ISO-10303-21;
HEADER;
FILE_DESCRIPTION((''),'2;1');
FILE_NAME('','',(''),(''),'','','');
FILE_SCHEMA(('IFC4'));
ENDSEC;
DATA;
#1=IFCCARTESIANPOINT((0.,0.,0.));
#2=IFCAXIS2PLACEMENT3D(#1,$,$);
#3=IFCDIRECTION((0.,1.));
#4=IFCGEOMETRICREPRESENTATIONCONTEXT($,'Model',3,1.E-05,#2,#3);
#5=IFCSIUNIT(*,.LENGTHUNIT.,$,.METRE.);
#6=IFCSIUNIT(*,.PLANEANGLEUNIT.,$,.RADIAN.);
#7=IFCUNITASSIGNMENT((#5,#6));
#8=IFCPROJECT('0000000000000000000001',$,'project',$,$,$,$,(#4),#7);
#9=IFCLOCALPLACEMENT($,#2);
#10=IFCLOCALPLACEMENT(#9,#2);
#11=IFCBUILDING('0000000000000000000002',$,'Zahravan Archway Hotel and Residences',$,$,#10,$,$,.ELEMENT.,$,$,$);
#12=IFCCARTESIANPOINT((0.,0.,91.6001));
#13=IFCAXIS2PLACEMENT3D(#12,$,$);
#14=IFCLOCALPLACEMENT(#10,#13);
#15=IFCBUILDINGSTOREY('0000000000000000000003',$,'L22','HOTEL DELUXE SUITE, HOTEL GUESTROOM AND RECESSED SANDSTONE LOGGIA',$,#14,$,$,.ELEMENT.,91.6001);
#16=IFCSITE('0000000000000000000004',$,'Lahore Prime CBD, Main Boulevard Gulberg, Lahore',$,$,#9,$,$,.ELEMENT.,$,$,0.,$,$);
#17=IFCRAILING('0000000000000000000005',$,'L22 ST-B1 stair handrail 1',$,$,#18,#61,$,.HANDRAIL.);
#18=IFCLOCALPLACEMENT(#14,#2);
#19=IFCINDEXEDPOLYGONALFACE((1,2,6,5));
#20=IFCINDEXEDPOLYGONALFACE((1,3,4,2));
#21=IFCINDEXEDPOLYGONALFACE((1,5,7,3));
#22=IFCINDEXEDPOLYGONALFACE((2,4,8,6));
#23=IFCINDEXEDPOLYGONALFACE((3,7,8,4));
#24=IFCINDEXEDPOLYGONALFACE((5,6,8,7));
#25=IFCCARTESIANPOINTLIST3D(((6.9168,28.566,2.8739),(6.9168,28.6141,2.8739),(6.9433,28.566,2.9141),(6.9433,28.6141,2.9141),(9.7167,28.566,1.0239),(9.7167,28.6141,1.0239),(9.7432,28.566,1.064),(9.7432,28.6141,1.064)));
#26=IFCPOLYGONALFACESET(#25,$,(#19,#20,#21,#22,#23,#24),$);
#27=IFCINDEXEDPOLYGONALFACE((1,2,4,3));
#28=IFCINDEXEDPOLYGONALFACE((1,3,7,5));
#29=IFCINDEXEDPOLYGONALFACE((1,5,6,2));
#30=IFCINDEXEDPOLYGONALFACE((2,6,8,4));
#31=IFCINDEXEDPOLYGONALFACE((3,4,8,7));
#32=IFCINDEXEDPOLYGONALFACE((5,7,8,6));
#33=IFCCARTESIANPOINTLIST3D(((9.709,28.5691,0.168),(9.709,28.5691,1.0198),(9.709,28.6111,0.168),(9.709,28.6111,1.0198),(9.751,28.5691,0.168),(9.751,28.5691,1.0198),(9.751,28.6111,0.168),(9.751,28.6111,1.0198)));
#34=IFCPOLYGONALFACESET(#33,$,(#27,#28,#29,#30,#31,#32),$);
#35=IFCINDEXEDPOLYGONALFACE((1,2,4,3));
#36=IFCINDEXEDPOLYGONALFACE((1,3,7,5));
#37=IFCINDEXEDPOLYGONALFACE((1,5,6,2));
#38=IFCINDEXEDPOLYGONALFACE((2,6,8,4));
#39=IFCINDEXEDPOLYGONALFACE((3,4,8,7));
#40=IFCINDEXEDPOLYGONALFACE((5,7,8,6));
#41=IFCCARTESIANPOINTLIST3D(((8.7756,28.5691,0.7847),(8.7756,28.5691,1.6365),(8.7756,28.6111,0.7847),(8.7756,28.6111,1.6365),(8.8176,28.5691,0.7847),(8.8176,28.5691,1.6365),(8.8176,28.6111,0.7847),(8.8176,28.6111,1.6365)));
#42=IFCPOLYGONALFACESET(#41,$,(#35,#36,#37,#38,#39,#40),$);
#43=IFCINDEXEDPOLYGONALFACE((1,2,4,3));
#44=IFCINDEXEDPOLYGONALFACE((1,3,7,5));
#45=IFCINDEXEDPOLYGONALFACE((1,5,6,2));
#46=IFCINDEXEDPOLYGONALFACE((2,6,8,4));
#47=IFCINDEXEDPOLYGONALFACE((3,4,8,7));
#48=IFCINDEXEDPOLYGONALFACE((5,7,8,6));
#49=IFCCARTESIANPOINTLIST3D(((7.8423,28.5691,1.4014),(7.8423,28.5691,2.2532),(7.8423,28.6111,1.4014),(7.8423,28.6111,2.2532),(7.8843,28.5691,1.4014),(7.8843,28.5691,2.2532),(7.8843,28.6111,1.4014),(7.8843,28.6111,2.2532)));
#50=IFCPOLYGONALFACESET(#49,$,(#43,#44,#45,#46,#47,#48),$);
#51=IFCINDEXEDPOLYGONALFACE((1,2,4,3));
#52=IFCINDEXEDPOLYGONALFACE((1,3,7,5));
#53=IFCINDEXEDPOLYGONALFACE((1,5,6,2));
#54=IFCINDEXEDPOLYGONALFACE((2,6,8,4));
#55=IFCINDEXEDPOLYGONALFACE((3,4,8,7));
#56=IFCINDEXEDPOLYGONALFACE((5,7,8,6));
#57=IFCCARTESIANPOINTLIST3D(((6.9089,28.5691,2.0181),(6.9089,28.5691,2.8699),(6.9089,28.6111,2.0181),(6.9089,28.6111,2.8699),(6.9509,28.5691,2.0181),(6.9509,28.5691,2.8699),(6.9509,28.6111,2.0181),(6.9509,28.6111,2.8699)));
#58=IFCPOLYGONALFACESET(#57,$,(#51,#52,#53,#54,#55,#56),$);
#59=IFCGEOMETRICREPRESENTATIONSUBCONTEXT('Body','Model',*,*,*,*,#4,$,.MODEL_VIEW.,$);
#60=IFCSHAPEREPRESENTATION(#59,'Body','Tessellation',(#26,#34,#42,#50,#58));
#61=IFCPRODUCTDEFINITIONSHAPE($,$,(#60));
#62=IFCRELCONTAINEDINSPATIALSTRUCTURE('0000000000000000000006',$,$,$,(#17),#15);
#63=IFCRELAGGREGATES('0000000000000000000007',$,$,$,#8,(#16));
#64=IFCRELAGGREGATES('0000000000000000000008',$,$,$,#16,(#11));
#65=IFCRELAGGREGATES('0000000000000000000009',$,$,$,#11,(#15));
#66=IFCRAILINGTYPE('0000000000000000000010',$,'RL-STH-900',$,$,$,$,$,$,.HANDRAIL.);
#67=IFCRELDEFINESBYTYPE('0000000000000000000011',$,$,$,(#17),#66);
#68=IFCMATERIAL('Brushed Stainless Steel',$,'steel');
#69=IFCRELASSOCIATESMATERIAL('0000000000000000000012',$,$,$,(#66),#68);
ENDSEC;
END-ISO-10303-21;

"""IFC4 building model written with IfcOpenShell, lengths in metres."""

from ifc_helpers import new_model, si_unit, direction, frame, origin, origin_2d, place, context, subcontext, project, spatial, rectangle, extrude, material, type_object, element, save


model = new_model("IFC4")

# Units and contexts
model_context = context("Model", 3, precision=1e-05, world=origin(), true_north=direction((0.0, 1.0)))
body_context = subcontext(model_context, "Body", "Model", "MODEL_VIEW")
ifc_project = project(units=[si_unit("LENGTHUNIT", "METRE"), si_unit("PLANEANGLEUNIT", "RADIAN")], contexts=[model_context])

# Site, building, storey
site_placement = place(None, origin())
site = spatial("IfcSite", under=ifc_project, at=site_placement, Name="Lahore Prime CBD, Main Boulevard Gulberg, Lahore", CompositionType="ELEMENT", RefElevation=0.0)
building_placement = place(site_placement, origin())
building = spatial("IfcBuilding", under=site, at=building_placement, Name="Zahravan Archway Hotel and Residences", CompositionType="ELEMENT")
storey_placement = place(building_placement, frame((0.0, 0.0, 91.6001)))
storey = spatial("IfcBuildingStorey", under=building, at=storey_placement, Name="L22", Description="HOTEL DELUXE SUITE, HOTEL GUESTROOM AND RECESSED SANDSTONE LOGGIA", CompositionType="ELEMENT", Elevation=91.6001)

# Shared definitions
ifc_material_1 = material(Name="Brushed Stainless Steel", Category="steel")

# Railing
railing_type_1 = type_object("IfcRailingType", Name="RL-STH-900", PredefinedType="HANDRAIL", material=ifc_material_1)
railing_1_placement = place(storey_placement, frame((9.73, 28.5901, 0.168)))
element("IfcRailing", 1, at=railing_1_placement, inside=storey, type_object=railing_type_1, Name="L22 ST-B1 stair handrail 1", PredefinedType="HANDRAIL", context=body_context, shape_type="SweptSolid", body=[
    extrude(rectangle(XDim=0.0481, YDim=0.0481, at=origin_2d()), frame((0.0, 0.0, 0.876), z_axis=(-0.834326, 0.0, 0.551271), x_axis=(0.0, -1.0, 0.0)), (0.0, 0.0, 1.0), 3.356),
    extrude(rectangle(XDim=0.042, YDim=0.042, at=origin_2d()), origin(), (0.0, 0.0, 1.0), 0.8518),
    extrude(rectangle(XDim=0.042, YDim=0.042, at=origin_2d()), frame((-0.9333, 0.0, 0.6167)), (0.0, 0.0, 1.0), 0.8518),
    extrude(rectangle(XDim=0.042, YDim=0.042, at=origin_2d()), frame((-1.8667, 0.0, 1.2334)), (0.0, 0.0, 1.0), 0.8518),
    extrude(rectangle(XDim=0.042, YDim=0.042, at=origin_2d()), frame((-2.8, 0.0, 1.8501)), (0.0, 0.0, 1.0), 0.8518),
])

save(model, "model.ifc")
